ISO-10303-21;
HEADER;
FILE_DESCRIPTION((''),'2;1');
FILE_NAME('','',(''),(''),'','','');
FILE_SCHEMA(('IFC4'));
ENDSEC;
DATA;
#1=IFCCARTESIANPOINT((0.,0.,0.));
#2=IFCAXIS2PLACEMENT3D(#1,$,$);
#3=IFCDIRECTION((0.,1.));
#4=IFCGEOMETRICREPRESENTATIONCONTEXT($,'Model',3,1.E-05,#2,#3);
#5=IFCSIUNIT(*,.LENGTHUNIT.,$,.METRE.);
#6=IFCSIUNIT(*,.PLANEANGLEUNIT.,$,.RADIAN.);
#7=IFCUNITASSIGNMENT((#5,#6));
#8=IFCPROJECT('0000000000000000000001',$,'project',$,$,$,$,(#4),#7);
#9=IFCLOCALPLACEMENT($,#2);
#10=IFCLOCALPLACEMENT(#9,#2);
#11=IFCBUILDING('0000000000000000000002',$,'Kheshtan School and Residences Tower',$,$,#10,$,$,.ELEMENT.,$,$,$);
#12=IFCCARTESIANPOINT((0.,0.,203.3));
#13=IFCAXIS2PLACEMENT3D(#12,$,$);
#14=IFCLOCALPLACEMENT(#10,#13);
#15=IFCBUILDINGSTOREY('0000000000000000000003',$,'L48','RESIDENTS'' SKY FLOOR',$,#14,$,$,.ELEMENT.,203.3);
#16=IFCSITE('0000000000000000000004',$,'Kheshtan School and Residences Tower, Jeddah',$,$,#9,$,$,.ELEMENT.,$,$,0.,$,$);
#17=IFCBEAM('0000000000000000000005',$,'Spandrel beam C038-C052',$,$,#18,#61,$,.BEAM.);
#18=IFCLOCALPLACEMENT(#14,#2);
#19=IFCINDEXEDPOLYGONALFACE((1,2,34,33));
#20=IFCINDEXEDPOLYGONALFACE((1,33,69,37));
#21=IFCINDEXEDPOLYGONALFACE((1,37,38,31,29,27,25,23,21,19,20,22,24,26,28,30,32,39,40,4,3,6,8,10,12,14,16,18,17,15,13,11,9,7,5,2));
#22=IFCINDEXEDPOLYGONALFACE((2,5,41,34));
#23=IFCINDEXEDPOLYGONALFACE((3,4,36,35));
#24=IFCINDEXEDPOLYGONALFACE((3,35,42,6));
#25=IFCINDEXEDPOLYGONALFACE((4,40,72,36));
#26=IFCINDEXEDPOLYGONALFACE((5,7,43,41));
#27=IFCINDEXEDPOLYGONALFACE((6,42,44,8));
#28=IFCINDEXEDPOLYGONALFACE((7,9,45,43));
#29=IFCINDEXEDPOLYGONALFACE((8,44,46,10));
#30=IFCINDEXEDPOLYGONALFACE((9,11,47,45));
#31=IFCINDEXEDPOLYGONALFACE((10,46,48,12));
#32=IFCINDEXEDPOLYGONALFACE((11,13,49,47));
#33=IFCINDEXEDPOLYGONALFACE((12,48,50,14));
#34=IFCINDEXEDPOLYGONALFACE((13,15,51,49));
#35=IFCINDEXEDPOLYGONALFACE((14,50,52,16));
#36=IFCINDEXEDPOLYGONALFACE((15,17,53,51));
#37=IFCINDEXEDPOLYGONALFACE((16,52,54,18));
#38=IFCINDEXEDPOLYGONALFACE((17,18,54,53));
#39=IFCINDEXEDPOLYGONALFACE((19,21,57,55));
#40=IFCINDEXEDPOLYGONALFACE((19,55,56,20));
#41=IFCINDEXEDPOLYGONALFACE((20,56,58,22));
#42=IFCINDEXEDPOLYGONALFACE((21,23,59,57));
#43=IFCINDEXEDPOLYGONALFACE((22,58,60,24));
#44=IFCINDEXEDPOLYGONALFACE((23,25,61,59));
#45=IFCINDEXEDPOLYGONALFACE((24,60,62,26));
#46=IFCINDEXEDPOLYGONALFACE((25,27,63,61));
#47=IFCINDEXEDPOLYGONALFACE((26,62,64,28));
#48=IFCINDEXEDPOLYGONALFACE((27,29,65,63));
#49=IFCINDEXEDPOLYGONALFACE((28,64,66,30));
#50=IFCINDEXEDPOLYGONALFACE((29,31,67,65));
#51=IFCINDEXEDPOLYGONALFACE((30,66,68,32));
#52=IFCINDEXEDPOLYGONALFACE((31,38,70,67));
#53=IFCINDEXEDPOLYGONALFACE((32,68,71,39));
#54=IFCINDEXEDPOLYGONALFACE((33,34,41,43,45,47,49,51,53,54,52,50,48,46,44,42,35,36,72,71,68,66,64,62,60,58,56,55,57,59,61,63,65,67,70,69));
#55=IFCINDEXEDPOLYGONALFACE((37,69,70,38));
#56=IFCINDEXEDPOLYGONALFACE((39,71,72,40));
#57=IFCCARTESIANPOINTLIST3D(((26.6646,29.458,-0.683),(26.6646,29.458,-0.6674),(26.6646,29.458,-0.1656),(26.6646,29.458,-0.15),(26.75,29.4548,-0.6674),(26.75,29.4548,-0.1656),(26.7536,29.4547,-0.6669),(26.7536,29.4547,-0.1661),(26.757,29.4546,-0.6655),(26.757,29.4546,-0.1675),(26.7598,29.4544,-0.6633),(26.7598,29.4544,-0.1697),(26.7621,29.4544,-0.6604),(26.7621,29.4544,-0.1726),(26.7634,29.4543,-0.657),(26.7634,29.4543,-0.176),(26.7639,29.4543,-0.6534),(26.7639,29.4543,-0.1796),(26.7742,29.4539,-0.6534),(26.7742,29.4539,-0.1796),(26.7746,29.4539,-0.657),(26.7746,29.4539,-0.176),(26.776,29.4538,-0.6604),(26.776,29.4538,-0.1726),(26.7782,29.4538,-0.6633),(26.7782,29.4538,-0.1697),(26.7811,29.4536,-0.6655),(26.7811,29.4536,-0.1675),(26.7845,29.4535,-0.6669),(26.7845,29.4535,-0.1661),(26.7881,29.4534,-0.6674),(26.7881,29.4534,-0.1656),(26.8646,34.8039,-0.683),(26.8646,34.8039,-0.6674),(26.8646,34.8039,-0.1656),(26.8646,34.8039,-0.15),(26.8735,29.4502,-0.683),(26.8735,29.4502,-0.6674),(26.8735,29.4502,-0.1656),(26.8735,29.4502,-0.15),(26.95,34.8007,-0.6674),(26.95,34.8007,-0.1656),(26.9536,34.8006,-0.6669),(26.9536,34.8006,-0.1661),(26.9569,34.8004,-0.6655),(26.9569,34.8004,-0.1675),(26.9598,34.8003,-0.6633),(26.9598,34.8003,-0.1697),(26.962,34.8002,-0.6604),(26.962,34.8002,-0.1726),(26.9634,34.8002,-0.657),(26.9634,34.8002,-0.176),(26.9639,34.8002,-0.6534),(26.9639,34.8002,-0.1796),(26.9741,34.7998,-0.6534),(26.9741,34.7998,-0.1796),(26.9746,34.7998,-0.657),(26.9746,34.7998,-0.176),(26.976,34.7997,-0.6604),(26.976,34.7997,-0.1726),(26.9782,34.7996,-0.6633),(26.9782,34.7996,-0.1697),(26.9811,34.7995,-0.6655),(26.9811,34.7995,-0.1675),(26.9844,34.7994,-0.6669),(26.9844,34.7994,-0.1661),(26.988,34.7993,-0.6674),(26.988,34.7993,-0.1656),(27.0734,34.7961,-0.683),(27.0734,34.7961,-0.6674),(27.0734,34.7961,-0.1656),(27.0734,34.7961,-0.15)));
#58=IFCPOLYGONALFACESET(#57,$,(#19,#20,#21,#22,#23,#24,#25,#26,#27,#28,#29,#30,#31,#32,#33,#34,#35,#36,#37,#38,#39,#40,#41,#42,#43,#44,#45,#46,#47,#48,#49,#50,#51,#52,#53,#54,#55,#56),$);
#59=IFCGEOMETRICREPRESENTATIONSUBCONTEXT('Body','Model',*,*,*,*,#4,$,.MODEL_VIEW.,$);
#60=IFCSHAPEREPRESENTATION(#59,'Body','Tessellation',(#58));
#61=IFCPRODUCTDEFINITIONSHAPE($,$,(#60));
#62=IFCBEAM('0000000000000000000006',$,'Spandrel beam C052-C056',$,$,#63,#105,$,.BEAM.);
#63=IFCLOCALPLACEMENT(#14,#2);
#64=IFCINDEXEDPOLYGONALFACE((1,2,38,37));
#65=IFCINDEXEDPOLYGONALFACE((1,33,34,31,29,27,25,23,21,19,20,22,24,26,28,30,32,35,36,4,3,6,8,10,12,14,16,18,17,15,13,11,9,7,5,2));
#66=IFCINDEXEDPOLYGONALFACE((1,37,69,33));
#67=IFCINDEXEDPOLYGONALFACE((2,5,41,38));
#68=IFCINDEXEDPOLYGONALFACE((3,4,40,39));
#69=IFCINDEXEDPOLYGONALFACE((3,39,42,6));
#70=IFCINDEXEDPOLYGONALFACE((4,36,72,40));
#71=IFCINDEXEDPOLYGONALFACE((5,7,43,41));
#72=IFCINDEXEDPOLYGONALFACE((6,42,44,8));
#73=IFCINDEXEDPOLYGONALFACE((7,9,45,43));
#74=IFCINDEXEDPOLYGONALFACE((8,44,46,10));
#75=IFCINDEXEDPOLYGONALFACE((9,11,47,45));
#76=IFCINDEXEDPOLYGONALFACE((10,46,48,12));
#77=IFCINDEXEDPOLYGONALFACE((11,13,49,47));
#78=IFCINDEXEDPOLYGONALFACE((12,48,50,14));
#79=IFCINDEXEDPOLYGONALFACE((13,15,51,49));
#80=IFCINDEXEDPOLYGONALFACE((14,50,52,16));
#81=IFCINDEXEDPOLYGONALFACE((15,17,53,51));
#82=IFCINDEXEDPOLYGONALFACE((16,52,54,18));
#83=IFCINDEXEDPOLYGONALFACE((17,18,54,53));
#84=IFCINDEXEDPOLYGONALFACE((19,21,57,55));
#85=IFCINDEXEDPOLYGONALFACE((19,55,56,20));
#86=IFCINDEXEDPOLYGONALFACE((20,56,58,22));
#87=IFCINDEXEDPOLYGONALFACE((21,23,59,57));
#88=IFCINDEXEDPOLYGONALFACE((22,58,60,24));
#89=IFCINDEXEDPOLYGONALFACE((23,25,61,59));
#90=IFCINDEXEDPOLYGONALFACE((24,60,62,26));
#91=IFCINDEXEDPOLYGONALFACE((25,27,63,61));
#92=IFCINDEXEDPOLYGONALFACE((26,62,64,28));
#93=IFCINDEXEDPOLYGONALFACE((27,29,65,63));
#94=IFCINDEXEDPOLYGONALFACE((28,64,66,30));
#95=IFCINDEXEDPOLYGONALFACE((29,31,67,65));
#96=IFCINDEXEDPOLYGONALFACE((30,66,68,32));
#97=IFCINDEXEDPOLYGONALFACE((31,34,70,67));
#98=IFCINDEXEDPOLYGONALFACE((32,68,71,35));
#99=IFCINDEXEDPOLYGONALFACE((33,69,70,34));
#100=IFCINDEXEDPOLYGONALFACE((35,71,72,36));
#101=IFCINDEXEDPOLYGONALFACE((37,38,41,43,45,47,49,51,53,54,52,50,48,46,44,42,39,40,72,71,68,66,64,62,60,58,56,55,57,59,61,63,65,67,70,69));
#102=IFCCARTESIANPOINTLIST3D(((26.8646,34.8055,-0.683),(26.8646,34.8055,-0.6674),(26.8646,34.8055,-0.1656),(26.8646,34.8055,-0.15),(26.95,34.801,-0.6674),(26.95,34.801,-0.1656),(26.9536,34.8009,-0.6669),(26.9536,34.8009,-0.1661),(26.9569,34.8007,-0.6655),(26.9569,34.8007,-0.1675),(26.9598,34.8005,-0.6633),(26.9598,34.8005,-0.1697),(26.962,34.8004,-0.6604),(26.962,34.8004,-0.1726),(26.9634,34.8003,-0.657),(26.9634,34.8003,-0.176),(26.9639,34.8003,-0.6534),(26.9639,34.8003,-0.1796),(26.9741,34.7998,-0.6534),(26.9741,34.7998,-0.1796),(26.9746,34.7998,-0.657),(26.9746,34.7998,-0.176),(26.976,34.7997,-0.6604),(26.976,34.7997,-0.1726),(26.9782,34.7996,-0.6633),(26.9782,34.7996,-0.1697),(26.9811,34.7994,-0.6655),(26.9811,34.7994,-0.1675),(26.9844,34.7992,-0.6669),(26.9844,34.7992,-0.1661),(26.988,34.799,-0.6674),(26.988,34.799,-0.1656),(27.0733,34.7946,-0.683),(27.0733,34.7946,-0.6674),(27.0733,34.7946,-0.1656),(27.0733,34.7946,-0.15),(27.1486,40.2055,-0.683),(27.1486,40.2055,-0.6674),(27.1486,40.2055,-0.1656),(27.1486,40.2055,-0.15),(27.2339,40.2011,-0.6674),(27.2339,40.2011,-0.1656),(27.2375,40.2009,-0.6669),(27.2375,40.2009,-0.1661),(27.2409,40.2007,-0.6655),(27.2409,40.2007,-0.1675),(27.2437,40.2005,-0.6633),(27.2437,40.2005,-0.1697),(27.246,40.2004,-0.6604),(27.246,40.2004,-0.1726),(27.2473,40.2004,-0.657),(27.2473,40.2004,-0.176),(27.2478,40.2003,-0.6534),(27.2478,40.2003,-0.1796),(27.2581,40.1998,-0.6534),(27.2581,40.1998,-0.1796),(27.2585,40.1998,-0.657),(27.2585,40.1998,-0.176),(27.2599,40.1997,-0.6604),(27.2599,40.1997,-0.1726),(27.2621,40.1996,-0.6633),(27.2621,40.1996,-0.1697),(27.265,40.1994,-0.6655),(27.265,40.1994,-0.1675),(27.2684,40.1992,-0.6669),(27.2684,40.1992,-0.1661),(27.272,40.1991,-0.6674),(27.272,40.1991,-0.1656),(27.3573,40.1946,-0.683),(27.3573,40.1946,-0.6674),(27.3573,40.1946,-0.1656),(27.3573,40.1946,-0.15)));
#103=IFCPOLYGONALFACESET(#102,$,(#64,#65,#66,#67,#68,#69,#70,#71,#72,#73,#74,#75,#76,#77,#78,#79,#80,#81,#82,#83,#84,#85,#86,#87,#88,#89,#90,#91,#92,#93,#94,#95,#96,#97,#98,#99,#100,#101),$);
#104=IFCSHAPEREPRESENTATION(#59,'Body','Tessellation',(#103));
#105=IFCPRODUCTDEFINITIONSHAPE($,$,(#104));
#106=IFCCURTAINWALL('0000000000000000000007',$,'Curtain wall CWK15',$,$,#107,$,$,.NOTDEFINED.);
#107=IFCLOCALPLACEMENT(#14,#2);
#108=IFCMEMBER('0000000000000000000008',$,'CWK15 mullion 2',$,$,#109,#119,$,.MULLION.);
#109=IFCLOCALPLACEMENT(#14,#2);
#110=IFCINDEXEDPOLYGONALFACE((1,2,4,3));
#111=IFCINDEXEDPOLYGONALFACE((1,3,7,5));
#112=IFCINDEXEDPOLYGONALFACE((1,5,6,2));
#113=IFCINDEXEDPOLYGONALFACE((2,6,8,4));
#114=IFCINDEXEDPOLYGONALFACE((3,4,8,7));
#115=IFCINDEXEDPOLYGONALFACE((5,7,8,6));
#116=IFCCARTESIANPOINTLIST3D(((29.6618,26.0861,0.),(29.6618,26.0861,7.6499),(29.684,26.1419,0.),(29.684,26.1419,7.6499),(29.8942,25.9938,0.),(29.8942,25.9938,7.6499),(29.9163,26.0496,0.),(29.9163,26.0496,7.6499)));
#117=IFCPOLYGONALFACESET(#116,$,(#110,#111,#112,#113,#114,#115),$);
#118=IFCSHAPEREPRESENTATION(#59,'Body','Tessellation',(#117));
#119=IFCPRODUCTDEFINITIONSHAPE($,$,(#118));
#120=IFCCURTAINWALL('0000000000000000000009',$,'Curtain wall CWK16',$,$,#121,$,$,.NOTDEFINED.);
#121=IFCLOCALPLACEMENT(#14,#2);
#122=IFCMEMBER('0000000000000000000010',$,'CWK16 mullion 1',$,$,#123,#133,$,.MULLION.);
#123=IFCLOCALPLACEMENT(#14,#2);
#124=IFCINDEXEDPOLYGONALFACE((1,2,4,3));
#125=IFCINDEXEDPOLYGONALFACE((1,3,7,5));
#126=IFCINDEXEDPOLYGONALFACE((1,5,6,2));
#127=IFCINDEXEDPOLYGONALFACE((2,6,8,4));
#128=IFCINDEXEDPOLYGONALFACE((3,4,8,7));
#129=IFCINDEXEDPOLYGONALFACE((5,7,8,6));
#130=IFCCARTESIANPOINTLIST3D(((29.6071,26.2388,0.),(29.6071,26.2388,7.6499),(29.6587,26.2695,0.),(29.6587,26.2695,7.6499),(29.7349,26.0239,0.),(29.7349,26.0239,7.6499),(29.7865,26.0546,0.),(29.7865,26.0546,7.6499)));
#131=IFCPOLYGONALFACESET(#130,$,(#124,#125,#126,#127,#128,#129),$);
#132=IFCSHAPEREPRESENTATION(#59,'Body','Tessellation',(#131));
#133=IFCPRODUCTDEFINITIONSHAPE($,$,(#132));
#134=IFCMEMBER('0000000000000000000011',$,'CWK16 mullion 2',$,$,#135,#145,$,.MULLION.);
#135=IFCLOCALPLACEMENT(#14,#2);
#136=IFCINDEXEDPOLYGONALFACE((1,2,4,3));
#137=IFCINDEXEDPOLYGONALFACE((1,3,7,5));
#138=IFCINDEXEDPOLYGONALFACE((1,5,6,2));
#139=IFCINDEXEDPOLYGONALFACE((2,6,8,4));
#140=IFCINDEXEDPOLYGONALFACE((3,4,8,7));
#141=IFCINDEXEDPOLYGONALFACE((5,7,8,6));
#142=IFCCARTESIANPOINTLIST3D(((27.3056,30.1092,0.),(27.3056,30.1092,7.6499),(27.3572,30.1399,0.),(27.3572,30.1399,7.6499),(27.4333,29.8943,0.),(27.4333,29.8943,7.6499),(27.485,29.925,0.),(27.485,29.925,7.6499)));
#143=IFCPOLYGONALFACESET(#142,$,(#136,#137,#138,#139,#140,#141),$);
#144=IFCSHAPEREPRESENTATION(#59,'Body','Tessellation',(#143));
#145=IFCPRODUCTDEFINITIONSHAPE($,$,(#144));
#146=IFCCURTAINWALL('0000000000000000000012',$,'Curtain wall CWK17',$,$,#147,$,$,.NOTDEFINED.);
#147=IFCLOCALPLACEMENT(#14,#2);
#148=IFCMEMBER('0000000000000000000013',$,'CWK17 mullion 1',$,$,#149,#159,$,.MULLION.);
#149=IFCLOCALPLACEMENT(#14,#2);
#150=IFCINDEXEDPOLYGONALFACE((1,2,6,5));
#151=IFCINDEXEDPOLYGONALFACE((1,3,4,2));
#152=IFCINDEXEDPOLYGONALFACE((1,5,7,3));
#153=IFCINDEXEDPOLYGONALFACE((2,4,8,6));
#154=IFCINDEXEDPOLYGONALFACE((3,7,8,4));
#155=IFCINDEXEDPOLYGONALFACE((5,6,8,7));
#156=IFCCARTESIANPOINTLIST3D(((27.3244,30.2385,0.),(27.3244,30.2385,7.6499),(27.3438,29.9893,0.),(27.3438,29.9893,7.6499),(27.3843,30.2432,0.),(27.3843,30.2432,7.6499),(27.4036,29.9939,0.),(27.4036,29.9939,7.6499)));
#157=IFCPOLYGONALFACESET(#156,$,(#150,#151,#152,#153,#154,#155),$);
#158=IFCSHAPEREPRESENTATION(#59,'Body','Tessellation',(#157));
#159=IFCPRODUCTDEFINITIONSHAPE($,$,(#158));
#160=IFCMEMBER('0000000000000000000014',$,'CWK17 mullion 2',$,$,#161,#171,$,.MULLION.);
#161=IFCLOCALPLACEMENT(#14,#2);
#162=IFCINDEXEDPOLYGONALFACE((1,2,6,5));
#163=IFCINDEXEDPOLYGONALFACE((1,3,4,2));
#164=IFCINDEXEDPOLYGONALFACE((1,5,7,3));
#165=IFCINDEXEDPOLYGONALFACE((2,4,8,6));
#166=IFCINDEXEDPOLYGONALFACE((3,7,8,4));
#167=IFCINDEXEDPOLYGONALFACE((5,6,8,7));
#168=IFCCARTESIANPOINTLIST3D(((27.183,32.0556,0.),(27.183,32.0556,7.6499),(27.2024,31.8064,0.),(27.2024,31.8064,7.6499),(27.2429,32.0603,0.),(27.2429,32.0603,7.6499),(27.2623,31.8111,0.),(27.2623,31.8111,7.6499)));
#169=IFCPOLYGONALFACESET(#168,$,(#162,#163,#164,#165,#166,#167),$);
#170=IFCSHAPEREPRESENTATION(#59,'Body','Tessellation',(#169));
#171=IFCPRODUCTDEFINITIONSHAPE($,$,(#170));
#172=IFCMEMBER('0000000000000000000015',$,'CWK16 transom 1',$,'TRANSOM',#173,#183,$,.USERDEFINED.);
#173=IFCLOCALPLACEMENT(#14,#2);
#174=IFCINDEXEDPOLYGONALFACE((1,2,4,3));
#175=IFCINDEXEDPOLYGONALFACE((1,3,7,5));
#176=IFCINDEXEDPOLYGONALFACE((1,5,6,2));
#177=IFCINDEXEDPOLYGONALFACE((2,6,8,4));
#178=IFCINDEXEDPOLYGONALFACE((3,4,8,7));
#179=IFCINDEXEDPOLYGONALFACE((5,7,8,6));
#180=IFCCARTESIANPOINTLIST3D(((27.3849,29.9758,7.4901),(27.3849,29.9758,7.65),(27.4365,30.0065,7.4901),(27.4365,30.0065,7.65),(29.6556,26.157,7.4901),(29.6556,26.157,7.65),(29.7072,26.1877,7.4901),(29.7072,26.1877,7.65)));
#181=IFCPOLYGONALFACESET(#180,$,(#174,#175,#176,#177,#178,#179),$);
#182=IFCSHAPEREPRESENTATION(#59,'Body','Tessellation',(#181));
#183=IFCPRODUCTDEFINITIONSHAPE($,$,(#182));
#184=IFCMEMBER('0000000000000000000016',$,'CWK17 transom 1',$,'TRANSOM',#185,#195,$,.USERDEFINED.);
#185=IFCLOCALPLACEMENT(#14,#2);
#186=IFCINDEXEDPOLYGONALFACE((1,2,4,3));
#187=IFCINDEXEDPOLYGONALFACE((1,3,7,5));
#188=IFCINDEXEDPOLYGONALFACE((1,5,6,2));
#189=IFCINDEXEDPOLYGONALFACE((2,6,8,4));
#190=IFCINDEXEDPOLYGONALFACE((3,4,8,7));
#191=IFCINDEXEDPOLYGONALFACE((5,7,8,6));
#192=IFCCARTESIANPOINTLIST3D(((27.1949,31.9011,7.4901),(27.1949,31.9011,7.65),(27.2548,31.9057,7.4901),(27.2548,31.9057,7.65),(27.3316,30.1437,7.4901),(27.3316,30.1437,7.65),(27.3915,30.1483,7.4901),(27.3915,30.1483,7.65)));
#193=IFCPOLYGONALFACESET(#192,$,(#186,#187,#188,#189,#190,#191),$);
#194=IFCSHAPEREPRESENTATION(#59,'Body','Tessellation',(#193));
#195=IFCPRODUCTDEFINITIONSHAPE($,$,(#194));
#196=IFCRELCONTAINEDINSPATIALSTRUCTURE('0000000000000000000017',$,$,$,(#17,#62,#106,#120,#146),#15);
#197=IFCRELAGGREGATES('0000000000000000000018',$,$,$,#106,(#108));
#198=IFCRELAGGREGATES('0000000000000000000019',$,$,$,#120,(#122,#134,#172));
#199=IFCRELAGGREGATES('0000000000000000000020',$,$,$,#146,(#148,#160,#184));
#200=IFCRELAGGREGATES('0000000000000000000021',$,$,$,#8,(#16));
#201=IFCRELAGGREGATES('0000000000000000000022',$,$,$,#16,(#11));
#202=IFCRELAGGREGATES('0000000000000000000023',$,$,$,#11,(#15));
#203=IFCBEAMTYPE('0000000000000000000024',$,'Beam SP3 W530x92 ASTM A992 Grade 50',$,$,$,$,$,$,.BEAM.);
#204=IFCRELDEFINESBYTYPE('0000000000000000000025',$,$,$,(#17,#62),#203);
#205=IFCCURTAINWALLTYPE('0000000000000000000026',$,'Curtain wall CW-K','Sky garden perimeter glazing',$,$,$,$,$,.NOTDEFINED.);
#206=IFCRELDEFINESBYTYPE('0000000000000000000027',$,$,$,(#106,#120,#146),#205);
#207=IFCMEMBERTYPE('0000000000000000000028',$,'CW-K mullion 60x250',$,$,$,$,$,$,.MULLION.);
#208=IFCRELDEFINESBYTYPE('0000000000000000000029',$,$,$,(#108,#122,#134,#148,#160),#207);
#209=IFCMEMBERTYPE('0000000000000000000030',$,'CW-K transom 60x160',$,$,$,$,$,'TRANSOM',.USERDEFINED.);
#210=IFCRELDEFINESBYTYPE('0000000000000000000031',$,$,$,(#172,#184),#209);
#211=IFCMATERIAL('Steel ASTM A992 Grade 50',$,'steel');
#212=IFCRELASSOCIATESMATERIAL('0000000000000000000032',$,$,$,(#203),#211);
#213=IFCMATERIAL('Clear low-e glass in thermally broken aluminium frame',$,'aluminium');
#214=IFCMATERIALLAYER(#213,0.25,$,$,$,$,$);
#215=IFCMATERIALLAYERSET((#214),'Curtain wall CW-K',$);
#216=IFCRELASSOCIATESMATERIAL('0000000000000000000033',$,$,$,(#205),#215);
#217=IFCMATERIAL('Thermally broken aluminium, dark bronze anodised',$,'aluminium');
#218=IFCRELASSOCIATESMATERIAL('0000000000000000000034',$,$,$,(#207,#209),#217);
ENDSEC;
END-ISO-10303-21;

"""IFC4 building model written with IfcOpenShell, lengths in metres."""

from ifc_helpers import new_model, si_unit, direction, frame, origin, origin_2d, place, context, subcontext, project, spatial, rectangle, i_section, extrude, material, layer, layer_set, material_profile, profile_set, type_object, element, aggregate, save


model = new_model("IFC4")

# Units and contexts
model_context = context("Model", 3, precision=1e-05, world=origin(), true_north=direction((0.0, 1.0)))
body_context = subcontext(model_context, "Body", "Model", "MODEL_VIEW")
ifc_project = project(units=[si_unit("LENGTHUNIT", "METRE"), si_unit("PLANEANGLEUNIT", "RADIAN")], contexts=[model_context])

# Site, building, storey
site_placement = place(None, origin())
site = spatial("IfcSite", under=ifc_project, at=site_placement, Name="Kheshtan School and Residences Tower, Jeddah", CompositionType="ELEMENT", RefElevation=0.0)
building_placement = place(site_placement, origin())
building = spatial("IfcBuilding", under=site, at=building_placement, Name="Kheshtan School and Residences Tower", CompositionType="ELEMENT")
storey_placement = place(building_placement, frame((0.0, 0.0, 203.3)))
storey = spatial("IfcBuildingStorey", under=building, at=storey_placement, Name="L48", Description="RESIDENTS' SKY FLOOR", CompositionType="ELEMENT", Elevation=203.3)

# Shared definitions
ifc_material_1 = material(Name="Steel ASTM A992 Grade 50", Category="steel")

# Beams
ifc_material_profile_1 = material_profile(ifc_material_1, i_section(OverallWidth=0.209, OverallDepth=0.533, WebThickness=0.0103, FlangeThickness=0.0156, FilletRadius=0.0139, at=origin_2d()), Name="W530x92")
ifc_profile_set_1 = profile_set([ifc_material_profile_1], Name="Steel ASTM A992 Grade 50")
beam_type_1 = type_object("IfcBeamType", Name="Beam SP3 W530x92 ASTM A992 Grade 50", PredefinedType="BEAM", material=ifc_profile_set_1)
beam_1_placement = place(storey_placement, frame((26.769, 29.4541, -0.4165), z_axis=(0.037376, 0.999301, 0.0), x_axis=(-0.999301, 0.037376, 0.0)))
element("IfcBeam", 1, at=beam_1_placement, inside=storey, type_object=beam_type_1, Name="Spandrel beam C038-C052", PredefinedType="BEAM", context=body_context, shape_type="SweptSolid", body=[
    extrude(i_section(OverallWidth=0.209, OverallDepth=0.533, WebThickness=0.0103, FlangeThickness=0.0156, FilletRadius=0.0139, at=origin_2d()), origin(), (0.0, 0.0, 1.0), 5.3496),
])
beam_2_placement = place(storey_placement, frame((26.969, 34.8, -0.4165), z_axis=(0.052509, 0.99862, 0.0), x_axis=(-0.99862, 0.052509, 0.0)))
element("IfcBeam", 2, at=beam_2_placement, inside=storey, type_object=beam_type_1, Name="Spandrel beam C052-C056", PredefinedType="BEAM", context=body_context, shape_type="SweptSolid", body=[
    extrude(i_section(OverallWidth=0.209, OverallDepth=0.533, WebThickness=0.0103, FlangeThickness=0.0156, FilletRadius=0.0139, at=origin_2d()), origin(), (0.0, 0.0, 1.0), 5.4075),
])

# Curtain wall, member
ifc_material_2 = material(Name="Clear low-e glass in thermally broken aluminium frame", Category="aluminium")
ifc_layer_1 = layer(ifc_material_2, 0.25)
ifc_layer_set_1 = layer_set([ifc_layer_1], Name="Curtain wall CW-K")
curtain_wall_type = type_object("IfcCurtainWallType", Name="Curtain wall CW-K", Description="Sky garden perimeter glazing", PredefinedType="NOTDEFINED", material=ifc_layer_set_1)
curtain_wall_1_placement = place(storey_placement, origin())
curtain_wall_1 = element("IfcCurtainWall", 3, at=curtain_wall_1_placement, inside=storey, type_object=curtain_wall_type, Name="Curtain wall CWK15", PredefinedType="NOTDEFINED")
ifc_material_3 = material(Name="Thermally broken aluminium, dark bronze anodised", Category="aluminium")
ifc_material_profile_2 = material_profile(ifc_material_3, rectangle(XDim=0.0601, YDim=0.25, at=origin_2d()), Name="CW-K mullion 60x250")
ifc_profile_set_2 = profile_set([ifc_material_profile_2], Name="Thermally broken aluminium, dark bronze anodised")
member_type_1 = type_object("IfcMemberType", Name="CW-K mullion 60x250", PredefinedType="MULLION", material=ifc_profile_set_2)
member_1_placement = place(storey_placement, frame((29.7891, 26.0679, 0.0), z_axis=(0.0, 0.0, 1.0), x_axis=(-0.369099, -0.92939, 0.0)))
member_1 = element("IfcMember", 4, at=member_1_placement, type_object=member_type_1, Name="CWK15 mullion 2", PredefinedType="MULLION", context=body_context, shape_type="SweptSolid", body=[
    extrude(rectangle(XDim=0.0601, YDim=0.25, at=origin_2d()), origin(), (0.0, 0.0, 1.0), 7.6499),
])
aggregate(curtain_wall_1, [member_1])

# Curtain walls, members
curtain_wall_2_placement = place(storey_placement, origin())
curtain_wall_2 = element("IfcCurtainWall", 5, at=curtain_wall_2_placement, inside=storey, type_object=curtain_wall_type, Name="Curtain wall CWK16", PredefinedType="NOTDEFINED")
member_2_placement = place(storey_placement, frame((29.6968, 26.1467, 0.0), z_axis=(0.0, 0.0, 1.0), x_axis=(-0.859536, -0.511075, 0.0)))
member_2 = element("IfcMember", 6, at=member_2_placement, type_object=member_type_1, Name="CWK16 mullion 1", PredefinedType="MULLION", context=body_context, shape_type="SweptSolid", body=[
    extrude(rectangle(XDim=0.0601, YDim=0.25, at=origin_2d()), origin(), (0.0, 0.0, 1.0), 7.6499),
])
member_3_placement = place(storey_placement, frame((27.3953, 30.0171, 0.0), z_axis=(0.0, 0.0, 1.0), x_axis=(-0.859536, -0.511075, 0.0)))
member_3 = element("IfcMember", 7, at=member_3_placement, type_object=member_type_1, Name="CWK16 mullion 2", PredefinedType="MULLION", context=body_context, shape_type="SweptSolid", body=[
    extrude(rectangle(XDim=0.0601, YDim=0.25, at=origin_2d()), origin(), (0.0, 0.0, 1.0), 7.6499),
])
curtain_wall_3_placement = place(storey_placement, origin())
curtain_wall_3 = element("IfcCurtainWall", 8, at=curtain_wall_3_placement, inside=storey, type_object=curtain_wall_type, Name="Curtain wall CWK17", PredefinedType="NOTDEFINED")
member_4_placement = place(storey_placement, frame((27.364, 30.1162, 0.0), z_axis=(0.0, 0.0, 1.0), x_axis=(-0.996989, -0.077549, 0.0)))
member_4 = element("IfcMember", 9, at=member_4_placement, type_object=member_type_1, Name="CWK17 mullion 1", PredefinedType="MULLION", context=body_context, shape_type="SweptSolid", body=[
    extrude(rectangle(XDim=0.0601, YDim=0.25, at=origin_2d()), origin(), (0.0, 0.0, 1.0), 7.6499),
])
member_5_placement = place(storey_placement, frame((27.2227, 31.9333, 0.0), z_axis=(0.0, 0.0, 1.0), x_axis=(-0.996989, -0.077549, 0.0)))
member_5 = element("IfcMember", 10, at=member_5_placement, type_object=member_type_1, Name="CWK17 mullion 2", PredefinedType="MULLION", context=body_context, shape_type="SweptSolid", body=[
    extrude(rectangle(XDim=0.0601, YDim=0.25, at=origin_2d()), origin(), (0.0, 0.0, 1.0), 7.6499),
])

# Members
ifc_material_profile_3 = material_profile(ifc_material_3, rectangle(XDim=0.0601, YDim=0.1599, at=origin_2d()), Name="CW-K transom 60x160")
ifc_profile_set_3 = profile_set([ifc_material_profile_3], Name="Thermally broken aluminium, dark bronze anodised")
member_type_2 = type_object("IfcMemberType", Name="CW-K transom 60x160", ElementType="TRANSOM", PredefinedType="USERDEFINED", material=ifc_profile_set_3)
member_6_placement = place(storey_placement, frame((29.6814, 26.1724, 7.5701), z_axis=(-0.51109, 0.859527, 0.0), x_axis=(-0.859527, -0.51109, 0.0)))
member_6 = element("IfcMember", 11, at=member_6_placement, type_object=member_type_2, Name="CWK16 transom 1", ObjectType="TRANSOM", PredefinedType="USERDEFINED", context=body_context, shape_type="SweptSolid", body=[
    extrude(rectangle(XDim=0.0601, YDim=0.1599, at=origin_2d()), origin(), (0.0, 0.0, 1.0), 4.4429),
])
member_7_placement = place(storey_placement, frame((27.3616, 30.146, 7.5701), z_axis=(-0.077565, 0.996987, 0.0), x_axis=(-0.996987, -0.077565, 0.0)))
member_7 = element("IfcMember", 12, at=member_7_placement, type_object=member_type_2, Name="CWK17 transom 1", ObjectType="TRANSOM", PredefinedType="USERDEFINED", context=body_context, shape_type="SweptSolid", body=[
    extrude(rectangle(XDim=0.0601, YDim=0.1599, at=origin_2d()), origin(), (0.0, 0.0, 1.0), 1.7627),
])

aggregate(curtain_wall_2, [member_2, member_3, member_6])
aggregate(curtain_wall_3, [member_4, member_5, member_7])

save(model, "model.ifc")
